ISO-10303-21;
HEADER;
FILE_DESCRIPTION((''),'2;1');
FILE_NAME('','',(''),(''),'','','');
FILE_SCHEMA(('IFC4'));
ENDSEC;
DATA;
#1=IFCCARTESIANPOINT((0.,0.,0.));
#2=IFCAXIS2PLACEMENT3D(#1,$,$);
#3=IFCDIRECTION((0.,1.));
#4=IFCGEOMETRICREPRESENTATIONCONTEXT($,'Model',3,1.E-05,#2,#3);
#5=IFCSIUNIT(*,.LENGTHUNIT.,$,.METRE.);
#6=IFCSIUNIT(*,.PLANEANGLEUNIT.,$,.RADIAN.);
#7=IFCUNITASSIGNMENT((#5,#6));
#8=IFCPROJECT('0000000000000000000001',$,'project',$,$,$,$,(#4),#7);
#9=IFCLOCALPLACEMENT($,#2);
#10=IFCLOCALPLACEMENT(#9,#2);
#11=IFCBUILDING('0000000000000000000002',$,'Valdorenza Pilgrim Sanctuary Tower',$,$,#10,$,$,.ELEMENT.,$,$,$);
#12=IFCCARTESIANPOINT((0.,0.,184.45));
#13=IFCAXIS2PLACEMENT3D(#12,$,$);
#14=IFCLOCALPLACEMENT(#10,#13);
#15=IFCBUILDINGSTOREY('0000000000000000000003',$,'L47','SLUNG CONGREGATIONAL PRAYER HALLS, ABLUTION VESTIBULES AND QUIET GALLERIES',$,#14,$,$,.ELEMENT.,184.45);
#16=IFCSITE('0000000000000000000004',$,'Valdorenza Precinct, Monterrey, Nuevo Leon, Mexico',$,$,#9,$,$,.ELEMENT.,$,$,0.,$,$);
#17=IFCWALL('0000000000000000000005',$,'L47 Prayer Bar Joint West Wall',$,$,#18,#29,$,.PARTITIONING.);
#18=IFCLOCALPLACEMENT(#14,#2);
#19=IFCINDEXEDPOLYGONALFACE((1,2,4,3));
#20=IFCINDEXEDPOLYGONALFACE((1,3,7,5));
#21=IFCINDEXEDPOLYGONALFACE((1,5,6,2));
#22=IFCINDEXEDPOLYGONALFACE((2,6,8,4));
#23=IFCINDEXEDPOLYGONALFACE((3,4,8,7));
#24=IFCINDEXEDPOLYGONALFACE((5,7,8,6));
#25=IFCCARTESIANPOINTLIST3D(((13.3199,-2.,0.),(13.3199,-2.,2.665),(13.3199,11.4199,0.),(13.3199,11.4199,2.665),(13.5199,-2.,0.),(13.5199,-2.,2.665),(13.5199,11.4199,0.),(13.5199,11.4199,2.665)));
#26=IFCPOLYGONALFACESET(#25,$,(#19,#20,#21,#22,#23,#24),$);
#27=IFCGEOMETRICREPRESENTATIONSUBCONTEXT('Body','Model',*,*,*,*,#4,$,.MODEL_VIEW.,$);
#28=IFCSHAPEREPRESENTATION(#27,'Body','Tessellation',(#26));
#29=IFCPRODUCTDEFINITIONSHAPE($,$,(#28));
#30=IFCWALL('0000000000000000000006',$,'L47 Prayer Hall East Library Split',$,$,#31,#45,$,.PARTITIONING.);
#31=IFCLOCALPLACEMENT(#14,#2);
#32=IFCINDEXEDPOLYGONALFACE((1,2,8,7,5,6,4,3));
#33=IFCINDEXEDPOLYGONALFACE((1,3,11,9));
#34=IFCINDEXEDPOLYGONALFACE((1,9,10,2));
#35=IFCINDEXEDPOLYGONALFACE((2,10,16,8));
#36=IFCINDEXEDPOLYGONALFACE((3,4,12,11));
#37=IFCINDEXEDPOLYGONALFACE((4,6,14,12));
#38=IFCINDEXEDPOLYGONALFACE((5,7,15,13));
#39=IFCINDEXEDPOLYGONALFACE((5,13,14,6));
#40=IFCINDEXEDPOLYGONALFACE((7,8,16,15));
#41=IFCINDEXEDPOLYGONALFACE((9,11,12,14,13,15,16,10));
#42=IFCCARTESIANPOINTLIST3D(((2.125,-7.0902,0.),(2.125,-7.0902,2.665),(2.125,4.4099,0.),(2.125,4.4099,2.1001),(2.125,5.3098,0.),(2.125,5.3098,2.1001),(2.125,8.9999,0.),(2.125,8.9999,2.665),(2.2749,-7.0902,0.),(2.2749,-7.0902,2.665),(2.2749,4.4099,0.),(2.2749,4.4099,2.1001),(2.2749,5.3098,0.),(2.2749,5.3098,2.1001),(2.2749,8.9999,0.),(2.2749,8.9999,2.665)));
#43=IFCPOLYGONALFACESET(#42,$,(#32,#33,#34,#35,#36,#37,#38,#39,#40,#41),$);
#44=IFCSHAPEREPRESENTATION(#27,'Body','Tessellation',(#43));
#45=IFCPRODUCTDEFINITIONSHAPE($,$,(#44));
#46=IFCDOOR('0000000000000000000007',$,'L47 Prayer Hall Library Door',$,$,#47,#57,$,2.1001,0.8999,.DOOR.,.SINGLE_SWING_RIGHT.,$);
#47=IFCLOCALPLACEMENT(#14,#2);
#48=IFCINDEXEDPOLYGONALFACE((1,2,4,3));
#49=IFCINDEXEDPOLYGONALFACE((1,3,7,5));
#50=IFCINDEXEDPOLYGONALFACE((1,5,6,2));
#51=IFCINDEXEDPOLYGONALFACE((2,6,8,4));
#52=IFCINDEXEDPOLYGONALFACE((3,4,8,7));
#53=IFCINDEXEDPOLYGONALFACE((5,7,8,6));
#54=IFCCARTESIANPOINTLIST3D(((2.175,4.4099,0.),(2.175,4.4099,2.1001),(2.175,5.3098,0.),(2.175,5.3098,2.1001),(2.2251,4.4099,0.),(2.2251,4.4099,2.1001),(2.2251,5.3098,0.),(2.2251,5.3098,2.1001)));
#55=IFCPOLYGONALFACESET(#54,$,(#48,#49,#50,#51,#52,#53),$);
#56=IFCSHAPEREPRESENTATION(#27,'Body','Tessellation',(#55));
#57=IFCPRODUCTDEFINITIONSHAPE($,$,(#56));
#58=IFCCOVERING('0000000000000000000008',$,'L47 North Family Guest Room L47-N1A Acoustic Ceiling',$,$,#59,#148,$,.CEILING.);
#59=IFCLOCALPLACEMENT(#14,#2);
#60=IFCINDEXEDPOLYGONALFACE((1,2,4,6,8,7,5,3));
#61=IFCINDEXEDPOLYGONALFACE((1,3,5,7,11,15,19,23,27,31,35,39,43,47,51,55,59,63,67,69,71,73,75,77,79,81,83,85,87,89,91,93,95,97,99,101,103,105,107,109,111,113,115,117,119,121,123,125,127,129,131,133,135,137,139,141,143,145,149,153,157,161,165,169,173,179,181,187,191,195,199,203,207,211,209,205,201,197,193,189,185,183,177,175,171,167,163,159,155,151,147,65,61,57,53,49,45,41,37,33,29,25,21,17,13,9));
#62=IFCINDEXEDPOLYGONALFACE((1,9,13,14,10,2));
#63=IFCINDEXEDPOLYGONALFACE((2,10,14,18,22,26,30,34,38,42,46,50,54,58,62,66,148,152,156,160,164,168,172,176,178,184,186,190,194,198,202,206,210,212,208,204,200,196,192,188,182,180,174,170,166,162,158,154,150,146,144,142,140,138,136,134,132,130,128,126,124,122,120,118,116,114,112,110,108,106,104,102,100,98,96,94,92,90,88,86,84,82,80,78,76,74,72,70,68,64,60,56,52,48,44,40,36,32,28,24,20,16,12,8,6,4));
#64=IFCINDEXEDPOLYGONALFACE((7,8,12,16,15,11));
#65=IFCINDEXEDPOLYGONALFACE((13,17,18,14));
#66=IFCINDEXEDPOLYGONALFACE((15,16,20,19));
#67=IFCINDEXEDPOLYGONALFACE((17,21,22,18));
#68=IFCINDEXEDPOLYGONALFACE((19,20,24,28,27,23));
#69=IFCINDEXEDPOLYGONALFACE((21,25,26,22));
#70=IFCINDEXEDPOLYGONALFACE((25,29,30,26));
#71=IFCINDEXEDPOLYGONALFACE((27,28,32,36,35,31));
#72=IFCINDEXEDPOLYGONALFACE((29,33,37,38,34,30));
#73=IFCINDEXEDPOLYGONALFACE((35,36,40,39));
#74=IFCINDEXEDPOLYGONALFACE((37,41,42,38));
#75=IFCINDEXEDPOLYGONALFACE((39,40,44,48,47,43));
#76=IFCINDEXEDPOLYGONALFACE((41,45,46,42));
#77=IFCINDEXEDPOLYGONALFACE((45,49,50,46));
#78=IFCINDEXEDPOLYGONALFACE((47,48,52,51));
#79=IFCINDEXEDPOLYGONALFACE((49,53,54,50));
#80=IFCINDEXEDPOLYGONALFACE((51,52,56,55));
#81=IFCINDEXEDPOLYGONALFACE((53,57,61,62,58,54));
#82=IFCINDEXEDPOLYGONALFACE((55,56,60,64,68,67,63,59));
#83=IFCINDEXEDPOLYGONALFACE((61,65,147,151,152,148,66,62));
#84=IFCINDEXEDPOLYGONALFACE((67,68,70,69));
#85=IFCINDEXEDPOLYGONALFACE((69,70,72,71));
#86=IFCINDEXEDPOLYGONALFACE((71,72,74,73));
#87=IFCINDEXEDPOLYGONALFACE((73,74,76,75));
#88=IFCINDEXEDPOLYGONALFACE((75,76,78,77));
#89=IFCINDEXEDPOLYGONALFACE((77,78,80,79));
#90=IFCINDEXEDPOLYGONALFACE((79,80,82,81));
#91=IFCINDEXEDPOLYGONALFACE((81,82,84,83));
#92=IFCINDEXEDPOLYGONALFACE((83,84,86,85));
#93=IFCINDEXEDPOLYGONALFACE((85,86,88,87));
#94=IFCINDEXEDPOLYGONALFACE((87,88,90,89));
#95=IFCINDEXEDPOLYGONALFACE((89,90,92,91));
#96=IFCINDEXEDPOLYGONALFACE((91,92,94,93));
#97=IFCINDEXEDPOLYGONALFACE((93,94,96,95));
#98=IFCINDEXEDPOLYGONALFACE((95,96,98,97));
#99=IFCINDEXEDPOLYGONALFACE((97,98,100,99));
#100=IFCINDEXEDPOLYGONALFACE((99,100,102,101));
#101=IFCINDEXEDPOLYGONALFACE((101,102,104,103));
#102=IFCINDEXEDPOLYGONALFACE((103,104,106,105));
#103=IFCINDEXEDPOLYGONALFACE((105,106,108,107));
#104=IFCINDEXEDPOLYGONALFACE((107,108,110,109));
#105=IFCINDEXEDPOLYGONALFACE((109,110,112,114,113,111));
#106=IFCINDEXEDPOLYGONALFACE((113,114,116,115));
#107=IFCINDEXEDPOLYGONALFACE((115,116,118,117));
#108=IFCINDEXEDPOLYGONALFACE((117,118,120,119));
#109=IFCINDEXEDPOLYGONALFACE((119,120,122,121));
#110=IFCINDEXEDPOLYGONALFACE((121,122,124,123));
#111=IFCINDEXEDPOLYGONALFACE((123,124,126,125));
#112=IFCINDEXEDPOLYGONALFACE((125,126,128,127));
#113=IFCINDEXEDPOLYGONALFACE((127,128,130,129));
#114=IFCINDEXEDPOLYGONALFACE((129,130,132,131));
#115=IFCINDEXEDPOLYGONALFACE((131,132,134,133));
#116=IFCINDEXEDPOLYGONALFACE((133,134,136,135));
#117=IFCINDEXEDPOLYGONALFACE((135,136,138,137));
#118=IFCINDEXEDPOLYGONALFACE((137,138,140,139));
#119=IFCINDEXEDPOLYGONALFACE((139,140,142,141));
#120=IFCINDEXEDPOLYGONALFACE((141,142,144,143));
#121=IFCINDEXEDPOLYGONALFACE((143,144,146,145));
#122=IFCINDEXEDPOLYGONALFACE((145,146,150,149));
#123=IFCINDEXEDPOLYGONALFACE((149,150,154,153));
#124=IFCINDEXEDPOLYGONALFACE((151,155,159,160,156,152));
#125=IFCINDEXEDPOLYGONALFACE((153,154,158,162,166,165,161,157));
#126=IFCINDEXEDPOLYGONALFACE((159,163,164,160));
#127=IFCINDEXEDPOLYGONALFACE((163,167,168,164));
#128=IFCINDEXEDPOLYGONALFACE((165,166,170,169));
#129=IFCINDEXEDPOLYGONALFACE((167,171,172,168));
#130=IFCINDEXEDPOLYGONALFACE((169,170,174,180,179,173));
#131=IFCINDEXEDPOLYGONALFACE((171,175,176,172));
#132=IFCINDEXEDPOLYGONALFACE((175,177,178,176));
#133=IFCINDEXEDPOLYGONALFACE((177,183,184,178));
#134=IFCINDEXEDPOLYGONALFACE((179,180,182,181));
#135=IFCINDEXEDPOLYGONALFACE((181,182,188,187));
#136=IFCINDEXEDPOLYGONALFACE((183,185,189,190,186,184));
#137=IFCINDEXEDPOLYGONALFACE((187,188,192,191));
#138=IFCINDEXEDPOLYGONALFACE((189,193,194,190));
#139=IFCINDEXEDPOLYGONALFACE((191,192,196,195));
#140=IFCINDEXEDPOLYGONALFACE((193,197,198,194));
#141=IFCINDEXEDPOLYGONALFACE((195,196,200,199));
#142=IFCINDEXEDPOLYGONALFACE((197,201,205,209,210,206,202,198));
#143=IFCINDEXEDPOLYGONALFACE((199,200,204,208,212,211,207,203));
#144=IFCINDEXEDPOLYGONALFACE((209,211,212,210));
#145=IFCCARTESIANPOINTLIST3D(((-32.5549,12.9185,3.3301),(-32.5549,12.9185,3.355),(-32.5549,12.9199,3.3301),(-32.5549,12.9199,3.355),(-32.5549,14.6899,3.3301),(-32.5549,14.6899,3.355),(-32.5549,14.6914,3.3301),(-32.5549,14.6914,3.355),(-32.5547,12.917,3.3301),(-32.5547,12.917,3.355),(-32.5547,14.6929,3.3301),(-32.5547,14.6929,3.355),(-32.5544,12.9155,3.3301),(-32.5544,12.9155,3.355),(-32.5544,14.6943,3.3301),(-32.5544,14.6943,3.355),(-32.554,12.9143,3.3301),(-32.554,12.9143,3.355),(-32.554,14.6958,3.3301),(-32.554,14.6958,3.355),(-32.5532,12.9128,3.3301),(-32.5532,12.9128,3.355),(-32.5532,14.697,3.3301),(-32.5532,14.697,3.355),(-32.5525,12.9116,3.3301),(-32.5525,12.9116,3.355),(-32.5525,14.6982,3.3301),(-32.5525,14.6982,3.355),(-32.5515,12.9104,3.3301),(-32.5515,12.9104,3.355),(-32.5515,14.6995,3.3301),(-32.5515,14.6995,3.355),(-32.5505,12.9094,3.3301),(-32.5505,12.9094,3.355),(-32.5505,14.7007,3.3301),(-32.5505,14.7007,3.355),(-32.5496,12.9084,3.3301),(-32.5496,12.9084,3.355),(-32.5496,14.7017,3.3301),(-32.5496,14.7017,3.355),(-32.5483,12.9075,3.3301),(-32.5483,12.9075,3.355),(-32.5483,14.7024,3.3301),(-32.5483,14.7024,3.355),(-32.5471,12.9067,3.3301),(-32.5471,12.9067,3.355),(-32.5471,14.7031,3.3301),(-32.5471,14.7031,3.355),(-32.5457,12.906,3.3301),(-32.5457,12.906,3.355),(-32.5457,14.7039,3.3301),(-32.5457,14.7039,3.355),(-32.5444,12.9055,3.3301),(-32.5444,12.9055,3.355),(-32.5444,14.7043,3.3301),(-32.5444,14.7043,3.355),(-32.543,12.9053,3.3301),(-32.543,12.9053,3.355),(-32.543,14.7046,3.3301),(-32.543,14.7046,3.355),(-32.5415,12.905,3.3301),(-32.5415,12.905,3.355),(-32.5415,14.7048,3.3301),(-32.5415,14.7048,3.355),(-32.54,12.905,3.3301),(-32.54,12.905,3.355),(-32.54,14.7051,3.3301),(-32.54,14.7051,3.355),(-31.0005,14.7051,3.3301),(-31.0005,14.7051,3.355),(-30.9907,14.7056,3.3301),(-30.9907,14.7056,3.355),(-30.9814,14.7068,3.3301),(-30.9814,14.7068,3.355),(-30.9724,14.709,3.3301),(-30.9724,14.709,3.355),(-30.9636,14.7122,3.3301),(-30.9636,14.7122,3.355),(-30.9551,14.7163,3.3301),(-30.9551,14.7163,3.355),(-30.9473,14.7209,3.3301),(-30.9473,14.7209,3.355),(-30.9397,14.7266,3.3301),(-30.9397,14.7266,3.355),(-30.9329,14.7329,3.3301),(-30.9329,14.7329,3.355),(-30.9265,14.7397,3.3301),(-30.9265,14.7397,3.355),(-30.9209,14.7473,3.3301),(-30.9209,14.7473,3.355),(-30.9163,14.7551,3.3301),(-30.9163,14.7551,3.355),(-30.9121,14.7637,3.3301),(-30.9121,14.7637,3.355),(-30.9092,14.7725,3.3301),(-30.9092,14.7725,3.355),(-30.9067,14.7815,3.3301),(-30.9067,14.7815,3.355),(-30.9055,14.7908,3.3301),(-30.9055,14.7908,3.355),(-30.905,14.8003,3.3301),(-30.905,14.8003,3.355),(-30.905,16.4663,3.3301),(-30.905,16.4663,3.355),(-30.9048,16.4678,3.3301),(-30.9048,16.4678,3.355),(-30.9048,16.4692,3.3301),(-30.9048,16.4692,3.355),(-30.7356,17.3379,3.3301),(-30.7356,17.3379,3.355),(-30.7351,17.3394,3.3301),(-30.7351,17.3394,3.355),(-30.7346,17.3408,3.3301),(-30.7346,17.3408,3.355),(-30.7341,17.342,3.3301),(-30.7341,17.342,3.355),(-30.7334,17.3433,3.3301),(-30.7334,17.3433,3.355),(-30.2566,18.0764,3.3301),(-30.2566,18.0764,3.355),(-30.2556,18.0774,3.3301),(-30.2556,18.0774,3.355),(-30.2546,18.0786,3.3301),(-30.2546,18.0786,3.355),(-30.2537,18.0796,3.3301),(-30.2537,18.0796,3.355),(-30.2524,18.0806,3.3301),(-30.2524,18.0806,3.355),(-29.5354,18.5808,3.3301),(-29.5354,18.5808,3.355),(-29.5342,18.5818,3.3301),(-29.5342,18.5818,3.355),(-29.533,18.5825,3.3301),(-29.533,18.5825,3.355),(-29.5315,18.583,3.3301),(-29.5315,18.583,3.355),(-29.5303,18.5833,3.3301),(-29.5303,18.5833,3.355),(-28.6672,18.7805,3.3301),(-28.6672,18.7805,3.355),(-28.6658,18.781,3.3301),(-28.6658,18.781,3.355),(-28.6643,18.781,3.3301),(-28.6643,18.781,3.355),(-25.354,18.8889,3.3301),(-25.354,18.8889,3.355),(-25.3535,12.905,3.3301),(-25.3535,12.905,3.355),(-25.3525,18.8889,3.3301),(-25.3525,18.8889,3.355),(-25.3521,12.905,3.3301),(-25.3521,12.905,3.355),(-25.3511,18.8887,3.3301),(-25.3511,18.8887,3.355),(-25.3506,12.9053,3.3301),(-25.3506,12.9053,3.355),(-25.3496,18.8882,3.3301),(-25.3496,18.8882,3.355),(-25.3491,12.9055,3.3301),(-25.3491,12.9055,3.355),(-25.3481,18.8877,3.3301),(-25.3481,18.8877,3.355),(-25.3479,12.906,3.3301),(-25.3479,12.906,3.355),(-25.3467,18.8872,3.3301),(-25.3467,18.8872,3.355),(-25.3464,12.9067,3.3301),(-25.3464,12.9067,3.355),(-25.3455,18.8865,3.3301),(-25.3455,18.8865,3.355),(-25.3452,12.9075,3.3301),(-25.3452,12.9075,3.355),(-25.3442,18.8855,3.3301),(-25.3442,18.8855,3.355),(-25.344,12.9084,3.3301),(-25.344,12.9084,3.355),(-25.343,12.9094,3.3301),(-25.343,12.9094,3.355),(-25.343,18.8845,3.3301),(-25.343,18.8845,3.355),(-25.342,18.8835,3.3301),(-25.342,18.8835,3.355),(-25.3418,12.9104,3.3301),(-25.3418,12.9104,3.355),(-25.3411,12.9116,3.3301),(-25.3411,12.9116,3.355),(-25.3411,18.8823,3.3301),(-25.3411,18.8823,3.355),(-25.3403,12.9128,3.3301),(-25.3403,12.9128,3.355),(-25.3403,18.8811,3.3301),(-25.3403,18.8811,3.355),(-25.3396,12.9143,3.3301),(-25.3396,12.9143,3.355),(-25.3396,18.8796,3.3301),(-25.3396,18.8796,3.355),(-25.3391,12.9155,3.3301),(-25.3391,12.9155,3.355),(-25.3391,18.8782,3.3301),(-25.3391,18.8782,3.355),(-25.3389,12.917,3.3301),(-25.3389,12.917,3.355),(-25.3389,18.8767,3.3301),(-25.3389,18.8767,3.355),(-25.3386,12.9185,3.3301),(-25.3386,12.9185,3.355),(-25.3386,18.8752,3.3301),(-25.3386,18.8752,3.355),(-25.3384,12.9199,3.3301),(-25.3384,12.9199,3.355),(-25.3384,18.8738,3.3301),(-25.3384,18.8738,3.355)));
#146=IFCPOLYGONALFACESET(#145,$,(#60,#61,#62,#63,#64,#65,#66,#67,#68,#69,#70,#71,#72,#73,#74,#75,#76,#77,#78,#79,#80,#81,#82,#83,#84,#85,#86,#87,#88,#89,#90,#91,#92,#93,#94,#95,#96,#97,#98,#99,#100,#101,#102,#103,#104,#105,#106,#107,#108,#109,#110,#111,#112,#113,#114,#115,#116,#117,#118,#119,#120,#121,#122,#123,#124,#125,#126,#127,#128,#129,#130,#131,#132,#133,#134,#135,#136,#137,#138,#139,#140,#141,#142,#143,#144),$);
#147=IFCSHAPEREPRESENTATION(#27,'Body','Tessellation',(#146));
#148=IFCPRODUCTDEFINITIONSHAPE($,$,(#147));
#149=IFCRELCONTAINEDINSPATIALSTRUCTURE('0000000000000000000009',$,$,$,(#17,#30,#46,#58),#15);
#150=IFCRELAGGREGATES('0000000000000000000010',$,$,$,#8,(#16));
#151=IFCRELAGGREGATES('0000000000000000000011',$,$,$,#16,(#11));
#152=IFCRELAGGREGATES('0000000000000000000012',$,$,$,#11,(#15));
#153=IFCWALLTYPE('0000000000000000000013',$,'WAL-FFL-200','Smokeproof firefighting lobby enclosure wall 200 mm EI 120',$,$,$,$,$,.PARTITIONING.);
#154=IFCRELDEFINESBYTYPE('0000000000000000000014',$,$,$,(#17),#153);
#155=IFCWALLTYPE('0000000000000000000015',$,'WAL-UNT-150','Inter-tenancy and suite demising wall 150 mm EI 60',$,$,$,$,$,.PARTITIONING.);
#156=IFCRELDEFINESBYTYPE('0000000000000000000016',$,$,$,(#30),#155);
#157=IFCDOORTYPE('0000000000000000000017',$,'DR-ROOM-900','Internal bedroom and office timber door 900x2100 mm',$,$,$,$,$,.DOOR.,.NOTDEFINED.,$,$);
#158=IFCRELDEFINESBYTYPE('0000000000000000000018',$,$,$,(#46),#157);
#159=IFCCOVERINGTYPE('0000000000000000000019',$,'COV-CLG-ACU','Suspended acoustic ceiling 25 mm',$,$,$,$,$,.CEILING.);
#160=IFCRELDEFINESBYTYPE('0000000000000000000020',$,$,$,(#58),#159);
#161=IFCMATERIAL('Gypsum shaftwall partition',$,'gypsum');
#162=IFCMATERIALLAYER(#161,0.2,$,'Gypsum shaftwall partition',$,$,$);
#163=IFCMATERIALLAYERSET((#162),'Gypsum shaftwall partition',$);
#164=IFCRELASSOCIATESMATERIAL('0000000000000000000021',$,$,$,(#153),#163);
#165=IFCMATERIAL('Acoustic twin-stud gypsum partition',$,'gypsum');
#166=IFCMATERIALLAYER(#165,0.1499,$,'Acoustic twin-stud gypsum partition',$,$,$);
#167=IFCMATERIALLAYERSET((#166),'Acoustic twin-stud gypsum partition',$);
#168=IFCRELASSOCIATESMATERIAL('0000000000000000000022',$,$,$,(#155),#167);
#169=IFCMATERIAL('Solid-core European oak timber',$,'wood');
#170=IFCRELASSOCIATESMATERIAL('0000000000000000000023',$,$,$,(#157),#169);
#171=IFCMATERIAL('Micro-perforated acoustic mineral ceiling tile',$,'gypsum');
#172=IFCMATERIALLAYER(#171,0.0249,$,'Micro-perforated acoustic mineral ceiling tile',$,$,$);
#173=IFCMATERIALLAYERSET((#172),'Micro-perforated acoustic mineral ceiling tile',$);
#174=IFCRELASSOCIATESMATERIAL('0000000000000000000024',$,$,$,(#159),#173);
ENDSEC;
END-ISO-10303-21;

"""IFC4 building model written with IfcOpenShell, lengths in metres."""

from ifc_helpers import new_model, si_unit, direction, frame, frame_2d, origin, place, context, subcontext, project, spatial, polyline, rectangle, outline, extrude, material, layer, layer_set, type_object, element, fill, save


model = new_model("IFC4")

# Units and contexts
model_context = context("Model", 3, precision=1e-05, world=origin(), true_north=direction((0.0, 1.0)))
body_context = subcontext(model_context, "Body", "Model", "MODEL_VIEW")
ifc_project = project(units=[si_unit("LENGTHUNIT", "METRE"), si_unit("PLANEANGLEUNIT", "RADIAN")], contexts=[model_context])

# Site, building, storey
site_placement = place(None, origin())
site = spatial("IfcSite", under=ifc_project, at=site_placement, Name="Valdorenza Precinct, Monterrey, Nuevo Leon, Mexico", CompositionType="ELEMENT", RefElevation=0.0)
building_placement = place(site_placement, origin())
building = spatial("IfcBuilding", under=site, at=building_placement, Name="Valdorenza Pilgrim Sanctuary Tower", CompositionType="ELEMENT")
storey_placement = place(building_placement, frame((0.0, 0.0, 184.45)))
storey = spatial("IfcBuildingStorey", under=building, at=storey_placement, Name="L47", Description="SLUNG CONGREGATIONAL PRAYER HALLS, ABLUTION VESTIBULES AND QUIET GALLERIES", CompositionType="ELEMENT", Elevation=184.45)

# Wall
ifc_material_1 = material(Name="Gypsum shaftwall partition", Category="gypsum")
ifc_layer_1 = layer(ifc_material_1, 0.2, Name="Gypsum shaftwall partition")
ifc_layer_set_1 = layer_set([ifc_layer_1], Name="Gypsum shaftwall partition")
wall_type_1 = type_object("IfcWallType", Name="WAL-FFL-200", Description="Smokeproof firefighting lobby enclosure wall 200 mm EI 120", PredefinedType="PARTITIONING", material=ifc_layer_set_1)
wall_1_placement = place(storey_placement, frame((13.4199, -2.0, 0.0), z_axis=(0.0, 0.0, 1.0), x_axis=(0.0, 1.0, 0.0)))
element("IfcWall", 1, at=wall_1_placement, inside=storey, type_object=wall_type_1, Name="L47 Prayer Bar Joint West Wall", PredefinedType="PARTITIONING", context=body_context, shape_type="SweptSolid", body=[
    extrude(rectangle(XDim=13.4199, YDim=0.2, at=frame_2d((6.71, 0.0))), origin(), (0.0, 0.0, 1.0), 2.665),
])

# Wall, opening, door
ifc_material_2 = material(Name="Acoustic twin-stud gypsum partition", Category="gypsum")
ifc_layer_2 = layer(ifc_material_2, 0.1499, Name="Acoustic twin-stud gypsum partition")
ifc_layer_set_2 = layer_set([ifc_layer_2], Name="Acoustic twin-stud gypsum partition")
wall_type_2 = type_object("IfcWallType", Name="WAL-UNT-150", Description="Inter-tenancy and suite demising wall 150 mm EI 60", PredefinedType="PARTITIONING", material=ifc_layer_set_2)
wall_2_placement = place(storey_placement, frame((2.2, -7.0901, 0.0), z_axis=(0.0, 0.0, 1.0), x_axis=(0.0, 1.0, 0.0)))
wall_2 = element("IfcWall", 2, at=wall_2_placement, inside=storey, type_object=wall_type_2, Name="L47 Prayer Hall East Library Split", PredefinedType="PARTITIONING", context=body_context, shape_type="SweptSolid", body=[
    extrude(rectangle(XDim=16.0901, YDim=0.1499, at=frame_2d((8.0449, 0.0))), origin(), (0.0, 0.0, 1.0), 2.665),
])
opening_placement = place(wall_2_placement, frame((11.5, 0.0, 0.0)))
opening = element("IfcOpeningElement", 3, at=opening_placement, cuts=wall_2, PredefinedType="OPENING", context=body_context, shape_type="SweptSolid", body=[
    extrude(rectangle(XDim=0.8999, YDim=2.1001, at=frame_2d((0.45, 1.05))), frame((0.0, 0.0898, 0.0), z_axis=(0.0, -1.0, 0.0), x_axis=(1.0, 0.0, 0.0)), (0.0, 0.0, 1.0), 0.1797),
])
ifc_material_3 = material(Name="Solid-core European oak timber", Category="wood")
door_type = type_object("IfcDoorType", Name="DR-ROOM-900", Description="Internal bedroom and office timber door 900x2100 mm", OperationType="NOTDEFINED", PredefinedType="DOOR", material=ifc_material_3)
door_placement = place(opening_placement, origin())
door = element("IfcDoor", 4, at=door_placement, inside=storey, type_object=door_type, Name="L47 Prayer Hall Library Door", OperationType="SINGLE_SWING_RIGHT", OverallHeight=2.1001, OverallWidth=0.8999, PredefinedType="DOOR", context=body_context, shape_type="SweptSolid", body=[
    extrude(rectangle(XDim=0.8999, YDim=2.1001, at=frame_2d((0.45, 1.05))), frame((0.0, 0.0249, 0.0), z_axis=(0.0, -1.0, 0.0), x_axis=(1.0, 0.0, 0.0)), (0.0, 0.0, 1.0), 0.05),
])
fill(opening, door)

# Covering
ifc_material_4 = material(Name="Micro-perforated acoustic mineral ceiling tile", Category="gypsum")
ifc_layer_3 = layer(ifc_material_4, 0.0249, Name="Micro-perforated acoustic mineral ceiling tile")
ifc_layer_set_3 = layer_set([ifc_layer_3], Name="Micro-perforated acoustic mineral ceiling tile")
covering_type_1 = type_object("IfcCoveringType", Name="COV-CLG-ACU", Description="Suspended acoustic ceiling 25 mm", PredefinedType="CEILING", material=ifc_layer_set_3)
covering_1_placement = place(storey_placement, frame((0.0, 0.0, 3.3301)))
element("IfcCovering", 5, at=covering_1_placement, inside=storey, type_object=covering_type_1, Name="L47 North Family Guest Room L47-N1A Acoustic Ceiling", PredefinedType="CEILING", context=body_context, shape_type="SweptSolid", body=[
    extrude(outline(polyline([(-31.0005, 14.7051), (-30.9907, 14.7056), (-30.9814, 14.7068), (-30.9724, 14.709), (-30.9636, 14.7122), (-30.9551, 14.7163), (-30.9473, 14.7209), (-30.9397, 14.7266), (-30.9329, 14.7329), (-30.9265, 14.7397), (-30.9209, 14.7473), (-30.9163, 14.7551), (-30.9121, 14.7637), (-30.9092, 14.7725), (-30.9067, 14.7815), (-30.9055, 14.7908), (-30.905, 14.8003), (-30.905, 16.4663), (-30.9048, 16.4678), (-30.9048, 16.4692), (-30.7356, 17.3379), (-30.7351, 17.3394), (-30.7346, 17.3408), (-30.7341, 17.342), (-30.7334, 17.3433), (-30.2566, 18.0764), (-30.2556, 18.0774), (-30.2546, 18.0786), (-30.2537, 18.0796), (-30.2524, 18.0806), (-29.5354, 18.5808), (-29.5342, 18.5818), (-29.533, 18.5825), (-29.5315, 18.583), (-29.5303, 18.5833), (-28.6672, 18.7805), (-28.6658, 18.781), (-28.6643, 18.781), (-25.354, 18.8889), (-25.3525, 18.8889), (-25.3511, 18.8887), (-25.3496, 18.8882), (-25.3481, 18.8877), (-25.3467, 18.8872), (-25.3455, 18.8865), (-25.3442, 18.8855), (-25.343, 18.8845), (-25.342, 18.8835), (-25.3411, 18.8823), (-25.3403, 18.8811), (-25.3396, 18.8796), (-25.3391, 18.8782), (-25.3389, 18.8767), (-25.3386, 18.8752), (-25.3384, 18.8738), (-25.3384, 12.9199), (-25.3386, 12.9185), (-25.3389, 12.917), (-25.3391, 12.9155), (-25.3396, 12.9143), (-25.3403, 12.9128), (-25.3411, 12.9116), (-25.3418, 12.9104), (-25.343, 12.9094), (-25.344, 12.9084), (-25.3452, 12.9075), (-25.3464, 12.9067), (-25.3479, 12.906), (-25.3491, 12.9055), (-25.3506, 12.9053), (-25.3521, 12.905), (-25.3535, 12.905), (-32.54, 12.905), (-32.5415, 12.905), (-32.543, 12.9053), (-32.5444, 12.9055), (-32.5457, 12.906), (-32.5471, 12.9067), (-32.5483, 12.9075), (-32.5496, 12.9084), (-32.5505, 12.9094), (-32.5515, 12.9104), (-32.5525, 12.9116), (-32.5532, 12.9128), (-32.554, 12.9143), (-32.5544, 12.9155), (-32.5547, 12.917), (-32.5549, 12.9185), (-32.5549, 12.9199), (-32.5549, 14.6899), (-32.5549, 14.6914), (-32.5547, 14.6929), (-32.5544, 14.6943), (-32.554, 14.6958), (-32.5532, 14.697), (-32.5525, 14.6982), (-32.5515, 14.6995), (-32.5505, 14.7007), (-32.5496, 14.7017), (-32.5483, 14.7024), (-32.5471, 14.7031), (-32.5457, 14.7039), (-32.5444, 14.7043), (-32.543, 14.7046), (-32.5415, 14.7048), (-32.54, 14.7051), (-31.0005, 14.7051)])), origin(), (0.0, 0.0, 1.0), 0.0249),
])

save(model, "model.ifc")
